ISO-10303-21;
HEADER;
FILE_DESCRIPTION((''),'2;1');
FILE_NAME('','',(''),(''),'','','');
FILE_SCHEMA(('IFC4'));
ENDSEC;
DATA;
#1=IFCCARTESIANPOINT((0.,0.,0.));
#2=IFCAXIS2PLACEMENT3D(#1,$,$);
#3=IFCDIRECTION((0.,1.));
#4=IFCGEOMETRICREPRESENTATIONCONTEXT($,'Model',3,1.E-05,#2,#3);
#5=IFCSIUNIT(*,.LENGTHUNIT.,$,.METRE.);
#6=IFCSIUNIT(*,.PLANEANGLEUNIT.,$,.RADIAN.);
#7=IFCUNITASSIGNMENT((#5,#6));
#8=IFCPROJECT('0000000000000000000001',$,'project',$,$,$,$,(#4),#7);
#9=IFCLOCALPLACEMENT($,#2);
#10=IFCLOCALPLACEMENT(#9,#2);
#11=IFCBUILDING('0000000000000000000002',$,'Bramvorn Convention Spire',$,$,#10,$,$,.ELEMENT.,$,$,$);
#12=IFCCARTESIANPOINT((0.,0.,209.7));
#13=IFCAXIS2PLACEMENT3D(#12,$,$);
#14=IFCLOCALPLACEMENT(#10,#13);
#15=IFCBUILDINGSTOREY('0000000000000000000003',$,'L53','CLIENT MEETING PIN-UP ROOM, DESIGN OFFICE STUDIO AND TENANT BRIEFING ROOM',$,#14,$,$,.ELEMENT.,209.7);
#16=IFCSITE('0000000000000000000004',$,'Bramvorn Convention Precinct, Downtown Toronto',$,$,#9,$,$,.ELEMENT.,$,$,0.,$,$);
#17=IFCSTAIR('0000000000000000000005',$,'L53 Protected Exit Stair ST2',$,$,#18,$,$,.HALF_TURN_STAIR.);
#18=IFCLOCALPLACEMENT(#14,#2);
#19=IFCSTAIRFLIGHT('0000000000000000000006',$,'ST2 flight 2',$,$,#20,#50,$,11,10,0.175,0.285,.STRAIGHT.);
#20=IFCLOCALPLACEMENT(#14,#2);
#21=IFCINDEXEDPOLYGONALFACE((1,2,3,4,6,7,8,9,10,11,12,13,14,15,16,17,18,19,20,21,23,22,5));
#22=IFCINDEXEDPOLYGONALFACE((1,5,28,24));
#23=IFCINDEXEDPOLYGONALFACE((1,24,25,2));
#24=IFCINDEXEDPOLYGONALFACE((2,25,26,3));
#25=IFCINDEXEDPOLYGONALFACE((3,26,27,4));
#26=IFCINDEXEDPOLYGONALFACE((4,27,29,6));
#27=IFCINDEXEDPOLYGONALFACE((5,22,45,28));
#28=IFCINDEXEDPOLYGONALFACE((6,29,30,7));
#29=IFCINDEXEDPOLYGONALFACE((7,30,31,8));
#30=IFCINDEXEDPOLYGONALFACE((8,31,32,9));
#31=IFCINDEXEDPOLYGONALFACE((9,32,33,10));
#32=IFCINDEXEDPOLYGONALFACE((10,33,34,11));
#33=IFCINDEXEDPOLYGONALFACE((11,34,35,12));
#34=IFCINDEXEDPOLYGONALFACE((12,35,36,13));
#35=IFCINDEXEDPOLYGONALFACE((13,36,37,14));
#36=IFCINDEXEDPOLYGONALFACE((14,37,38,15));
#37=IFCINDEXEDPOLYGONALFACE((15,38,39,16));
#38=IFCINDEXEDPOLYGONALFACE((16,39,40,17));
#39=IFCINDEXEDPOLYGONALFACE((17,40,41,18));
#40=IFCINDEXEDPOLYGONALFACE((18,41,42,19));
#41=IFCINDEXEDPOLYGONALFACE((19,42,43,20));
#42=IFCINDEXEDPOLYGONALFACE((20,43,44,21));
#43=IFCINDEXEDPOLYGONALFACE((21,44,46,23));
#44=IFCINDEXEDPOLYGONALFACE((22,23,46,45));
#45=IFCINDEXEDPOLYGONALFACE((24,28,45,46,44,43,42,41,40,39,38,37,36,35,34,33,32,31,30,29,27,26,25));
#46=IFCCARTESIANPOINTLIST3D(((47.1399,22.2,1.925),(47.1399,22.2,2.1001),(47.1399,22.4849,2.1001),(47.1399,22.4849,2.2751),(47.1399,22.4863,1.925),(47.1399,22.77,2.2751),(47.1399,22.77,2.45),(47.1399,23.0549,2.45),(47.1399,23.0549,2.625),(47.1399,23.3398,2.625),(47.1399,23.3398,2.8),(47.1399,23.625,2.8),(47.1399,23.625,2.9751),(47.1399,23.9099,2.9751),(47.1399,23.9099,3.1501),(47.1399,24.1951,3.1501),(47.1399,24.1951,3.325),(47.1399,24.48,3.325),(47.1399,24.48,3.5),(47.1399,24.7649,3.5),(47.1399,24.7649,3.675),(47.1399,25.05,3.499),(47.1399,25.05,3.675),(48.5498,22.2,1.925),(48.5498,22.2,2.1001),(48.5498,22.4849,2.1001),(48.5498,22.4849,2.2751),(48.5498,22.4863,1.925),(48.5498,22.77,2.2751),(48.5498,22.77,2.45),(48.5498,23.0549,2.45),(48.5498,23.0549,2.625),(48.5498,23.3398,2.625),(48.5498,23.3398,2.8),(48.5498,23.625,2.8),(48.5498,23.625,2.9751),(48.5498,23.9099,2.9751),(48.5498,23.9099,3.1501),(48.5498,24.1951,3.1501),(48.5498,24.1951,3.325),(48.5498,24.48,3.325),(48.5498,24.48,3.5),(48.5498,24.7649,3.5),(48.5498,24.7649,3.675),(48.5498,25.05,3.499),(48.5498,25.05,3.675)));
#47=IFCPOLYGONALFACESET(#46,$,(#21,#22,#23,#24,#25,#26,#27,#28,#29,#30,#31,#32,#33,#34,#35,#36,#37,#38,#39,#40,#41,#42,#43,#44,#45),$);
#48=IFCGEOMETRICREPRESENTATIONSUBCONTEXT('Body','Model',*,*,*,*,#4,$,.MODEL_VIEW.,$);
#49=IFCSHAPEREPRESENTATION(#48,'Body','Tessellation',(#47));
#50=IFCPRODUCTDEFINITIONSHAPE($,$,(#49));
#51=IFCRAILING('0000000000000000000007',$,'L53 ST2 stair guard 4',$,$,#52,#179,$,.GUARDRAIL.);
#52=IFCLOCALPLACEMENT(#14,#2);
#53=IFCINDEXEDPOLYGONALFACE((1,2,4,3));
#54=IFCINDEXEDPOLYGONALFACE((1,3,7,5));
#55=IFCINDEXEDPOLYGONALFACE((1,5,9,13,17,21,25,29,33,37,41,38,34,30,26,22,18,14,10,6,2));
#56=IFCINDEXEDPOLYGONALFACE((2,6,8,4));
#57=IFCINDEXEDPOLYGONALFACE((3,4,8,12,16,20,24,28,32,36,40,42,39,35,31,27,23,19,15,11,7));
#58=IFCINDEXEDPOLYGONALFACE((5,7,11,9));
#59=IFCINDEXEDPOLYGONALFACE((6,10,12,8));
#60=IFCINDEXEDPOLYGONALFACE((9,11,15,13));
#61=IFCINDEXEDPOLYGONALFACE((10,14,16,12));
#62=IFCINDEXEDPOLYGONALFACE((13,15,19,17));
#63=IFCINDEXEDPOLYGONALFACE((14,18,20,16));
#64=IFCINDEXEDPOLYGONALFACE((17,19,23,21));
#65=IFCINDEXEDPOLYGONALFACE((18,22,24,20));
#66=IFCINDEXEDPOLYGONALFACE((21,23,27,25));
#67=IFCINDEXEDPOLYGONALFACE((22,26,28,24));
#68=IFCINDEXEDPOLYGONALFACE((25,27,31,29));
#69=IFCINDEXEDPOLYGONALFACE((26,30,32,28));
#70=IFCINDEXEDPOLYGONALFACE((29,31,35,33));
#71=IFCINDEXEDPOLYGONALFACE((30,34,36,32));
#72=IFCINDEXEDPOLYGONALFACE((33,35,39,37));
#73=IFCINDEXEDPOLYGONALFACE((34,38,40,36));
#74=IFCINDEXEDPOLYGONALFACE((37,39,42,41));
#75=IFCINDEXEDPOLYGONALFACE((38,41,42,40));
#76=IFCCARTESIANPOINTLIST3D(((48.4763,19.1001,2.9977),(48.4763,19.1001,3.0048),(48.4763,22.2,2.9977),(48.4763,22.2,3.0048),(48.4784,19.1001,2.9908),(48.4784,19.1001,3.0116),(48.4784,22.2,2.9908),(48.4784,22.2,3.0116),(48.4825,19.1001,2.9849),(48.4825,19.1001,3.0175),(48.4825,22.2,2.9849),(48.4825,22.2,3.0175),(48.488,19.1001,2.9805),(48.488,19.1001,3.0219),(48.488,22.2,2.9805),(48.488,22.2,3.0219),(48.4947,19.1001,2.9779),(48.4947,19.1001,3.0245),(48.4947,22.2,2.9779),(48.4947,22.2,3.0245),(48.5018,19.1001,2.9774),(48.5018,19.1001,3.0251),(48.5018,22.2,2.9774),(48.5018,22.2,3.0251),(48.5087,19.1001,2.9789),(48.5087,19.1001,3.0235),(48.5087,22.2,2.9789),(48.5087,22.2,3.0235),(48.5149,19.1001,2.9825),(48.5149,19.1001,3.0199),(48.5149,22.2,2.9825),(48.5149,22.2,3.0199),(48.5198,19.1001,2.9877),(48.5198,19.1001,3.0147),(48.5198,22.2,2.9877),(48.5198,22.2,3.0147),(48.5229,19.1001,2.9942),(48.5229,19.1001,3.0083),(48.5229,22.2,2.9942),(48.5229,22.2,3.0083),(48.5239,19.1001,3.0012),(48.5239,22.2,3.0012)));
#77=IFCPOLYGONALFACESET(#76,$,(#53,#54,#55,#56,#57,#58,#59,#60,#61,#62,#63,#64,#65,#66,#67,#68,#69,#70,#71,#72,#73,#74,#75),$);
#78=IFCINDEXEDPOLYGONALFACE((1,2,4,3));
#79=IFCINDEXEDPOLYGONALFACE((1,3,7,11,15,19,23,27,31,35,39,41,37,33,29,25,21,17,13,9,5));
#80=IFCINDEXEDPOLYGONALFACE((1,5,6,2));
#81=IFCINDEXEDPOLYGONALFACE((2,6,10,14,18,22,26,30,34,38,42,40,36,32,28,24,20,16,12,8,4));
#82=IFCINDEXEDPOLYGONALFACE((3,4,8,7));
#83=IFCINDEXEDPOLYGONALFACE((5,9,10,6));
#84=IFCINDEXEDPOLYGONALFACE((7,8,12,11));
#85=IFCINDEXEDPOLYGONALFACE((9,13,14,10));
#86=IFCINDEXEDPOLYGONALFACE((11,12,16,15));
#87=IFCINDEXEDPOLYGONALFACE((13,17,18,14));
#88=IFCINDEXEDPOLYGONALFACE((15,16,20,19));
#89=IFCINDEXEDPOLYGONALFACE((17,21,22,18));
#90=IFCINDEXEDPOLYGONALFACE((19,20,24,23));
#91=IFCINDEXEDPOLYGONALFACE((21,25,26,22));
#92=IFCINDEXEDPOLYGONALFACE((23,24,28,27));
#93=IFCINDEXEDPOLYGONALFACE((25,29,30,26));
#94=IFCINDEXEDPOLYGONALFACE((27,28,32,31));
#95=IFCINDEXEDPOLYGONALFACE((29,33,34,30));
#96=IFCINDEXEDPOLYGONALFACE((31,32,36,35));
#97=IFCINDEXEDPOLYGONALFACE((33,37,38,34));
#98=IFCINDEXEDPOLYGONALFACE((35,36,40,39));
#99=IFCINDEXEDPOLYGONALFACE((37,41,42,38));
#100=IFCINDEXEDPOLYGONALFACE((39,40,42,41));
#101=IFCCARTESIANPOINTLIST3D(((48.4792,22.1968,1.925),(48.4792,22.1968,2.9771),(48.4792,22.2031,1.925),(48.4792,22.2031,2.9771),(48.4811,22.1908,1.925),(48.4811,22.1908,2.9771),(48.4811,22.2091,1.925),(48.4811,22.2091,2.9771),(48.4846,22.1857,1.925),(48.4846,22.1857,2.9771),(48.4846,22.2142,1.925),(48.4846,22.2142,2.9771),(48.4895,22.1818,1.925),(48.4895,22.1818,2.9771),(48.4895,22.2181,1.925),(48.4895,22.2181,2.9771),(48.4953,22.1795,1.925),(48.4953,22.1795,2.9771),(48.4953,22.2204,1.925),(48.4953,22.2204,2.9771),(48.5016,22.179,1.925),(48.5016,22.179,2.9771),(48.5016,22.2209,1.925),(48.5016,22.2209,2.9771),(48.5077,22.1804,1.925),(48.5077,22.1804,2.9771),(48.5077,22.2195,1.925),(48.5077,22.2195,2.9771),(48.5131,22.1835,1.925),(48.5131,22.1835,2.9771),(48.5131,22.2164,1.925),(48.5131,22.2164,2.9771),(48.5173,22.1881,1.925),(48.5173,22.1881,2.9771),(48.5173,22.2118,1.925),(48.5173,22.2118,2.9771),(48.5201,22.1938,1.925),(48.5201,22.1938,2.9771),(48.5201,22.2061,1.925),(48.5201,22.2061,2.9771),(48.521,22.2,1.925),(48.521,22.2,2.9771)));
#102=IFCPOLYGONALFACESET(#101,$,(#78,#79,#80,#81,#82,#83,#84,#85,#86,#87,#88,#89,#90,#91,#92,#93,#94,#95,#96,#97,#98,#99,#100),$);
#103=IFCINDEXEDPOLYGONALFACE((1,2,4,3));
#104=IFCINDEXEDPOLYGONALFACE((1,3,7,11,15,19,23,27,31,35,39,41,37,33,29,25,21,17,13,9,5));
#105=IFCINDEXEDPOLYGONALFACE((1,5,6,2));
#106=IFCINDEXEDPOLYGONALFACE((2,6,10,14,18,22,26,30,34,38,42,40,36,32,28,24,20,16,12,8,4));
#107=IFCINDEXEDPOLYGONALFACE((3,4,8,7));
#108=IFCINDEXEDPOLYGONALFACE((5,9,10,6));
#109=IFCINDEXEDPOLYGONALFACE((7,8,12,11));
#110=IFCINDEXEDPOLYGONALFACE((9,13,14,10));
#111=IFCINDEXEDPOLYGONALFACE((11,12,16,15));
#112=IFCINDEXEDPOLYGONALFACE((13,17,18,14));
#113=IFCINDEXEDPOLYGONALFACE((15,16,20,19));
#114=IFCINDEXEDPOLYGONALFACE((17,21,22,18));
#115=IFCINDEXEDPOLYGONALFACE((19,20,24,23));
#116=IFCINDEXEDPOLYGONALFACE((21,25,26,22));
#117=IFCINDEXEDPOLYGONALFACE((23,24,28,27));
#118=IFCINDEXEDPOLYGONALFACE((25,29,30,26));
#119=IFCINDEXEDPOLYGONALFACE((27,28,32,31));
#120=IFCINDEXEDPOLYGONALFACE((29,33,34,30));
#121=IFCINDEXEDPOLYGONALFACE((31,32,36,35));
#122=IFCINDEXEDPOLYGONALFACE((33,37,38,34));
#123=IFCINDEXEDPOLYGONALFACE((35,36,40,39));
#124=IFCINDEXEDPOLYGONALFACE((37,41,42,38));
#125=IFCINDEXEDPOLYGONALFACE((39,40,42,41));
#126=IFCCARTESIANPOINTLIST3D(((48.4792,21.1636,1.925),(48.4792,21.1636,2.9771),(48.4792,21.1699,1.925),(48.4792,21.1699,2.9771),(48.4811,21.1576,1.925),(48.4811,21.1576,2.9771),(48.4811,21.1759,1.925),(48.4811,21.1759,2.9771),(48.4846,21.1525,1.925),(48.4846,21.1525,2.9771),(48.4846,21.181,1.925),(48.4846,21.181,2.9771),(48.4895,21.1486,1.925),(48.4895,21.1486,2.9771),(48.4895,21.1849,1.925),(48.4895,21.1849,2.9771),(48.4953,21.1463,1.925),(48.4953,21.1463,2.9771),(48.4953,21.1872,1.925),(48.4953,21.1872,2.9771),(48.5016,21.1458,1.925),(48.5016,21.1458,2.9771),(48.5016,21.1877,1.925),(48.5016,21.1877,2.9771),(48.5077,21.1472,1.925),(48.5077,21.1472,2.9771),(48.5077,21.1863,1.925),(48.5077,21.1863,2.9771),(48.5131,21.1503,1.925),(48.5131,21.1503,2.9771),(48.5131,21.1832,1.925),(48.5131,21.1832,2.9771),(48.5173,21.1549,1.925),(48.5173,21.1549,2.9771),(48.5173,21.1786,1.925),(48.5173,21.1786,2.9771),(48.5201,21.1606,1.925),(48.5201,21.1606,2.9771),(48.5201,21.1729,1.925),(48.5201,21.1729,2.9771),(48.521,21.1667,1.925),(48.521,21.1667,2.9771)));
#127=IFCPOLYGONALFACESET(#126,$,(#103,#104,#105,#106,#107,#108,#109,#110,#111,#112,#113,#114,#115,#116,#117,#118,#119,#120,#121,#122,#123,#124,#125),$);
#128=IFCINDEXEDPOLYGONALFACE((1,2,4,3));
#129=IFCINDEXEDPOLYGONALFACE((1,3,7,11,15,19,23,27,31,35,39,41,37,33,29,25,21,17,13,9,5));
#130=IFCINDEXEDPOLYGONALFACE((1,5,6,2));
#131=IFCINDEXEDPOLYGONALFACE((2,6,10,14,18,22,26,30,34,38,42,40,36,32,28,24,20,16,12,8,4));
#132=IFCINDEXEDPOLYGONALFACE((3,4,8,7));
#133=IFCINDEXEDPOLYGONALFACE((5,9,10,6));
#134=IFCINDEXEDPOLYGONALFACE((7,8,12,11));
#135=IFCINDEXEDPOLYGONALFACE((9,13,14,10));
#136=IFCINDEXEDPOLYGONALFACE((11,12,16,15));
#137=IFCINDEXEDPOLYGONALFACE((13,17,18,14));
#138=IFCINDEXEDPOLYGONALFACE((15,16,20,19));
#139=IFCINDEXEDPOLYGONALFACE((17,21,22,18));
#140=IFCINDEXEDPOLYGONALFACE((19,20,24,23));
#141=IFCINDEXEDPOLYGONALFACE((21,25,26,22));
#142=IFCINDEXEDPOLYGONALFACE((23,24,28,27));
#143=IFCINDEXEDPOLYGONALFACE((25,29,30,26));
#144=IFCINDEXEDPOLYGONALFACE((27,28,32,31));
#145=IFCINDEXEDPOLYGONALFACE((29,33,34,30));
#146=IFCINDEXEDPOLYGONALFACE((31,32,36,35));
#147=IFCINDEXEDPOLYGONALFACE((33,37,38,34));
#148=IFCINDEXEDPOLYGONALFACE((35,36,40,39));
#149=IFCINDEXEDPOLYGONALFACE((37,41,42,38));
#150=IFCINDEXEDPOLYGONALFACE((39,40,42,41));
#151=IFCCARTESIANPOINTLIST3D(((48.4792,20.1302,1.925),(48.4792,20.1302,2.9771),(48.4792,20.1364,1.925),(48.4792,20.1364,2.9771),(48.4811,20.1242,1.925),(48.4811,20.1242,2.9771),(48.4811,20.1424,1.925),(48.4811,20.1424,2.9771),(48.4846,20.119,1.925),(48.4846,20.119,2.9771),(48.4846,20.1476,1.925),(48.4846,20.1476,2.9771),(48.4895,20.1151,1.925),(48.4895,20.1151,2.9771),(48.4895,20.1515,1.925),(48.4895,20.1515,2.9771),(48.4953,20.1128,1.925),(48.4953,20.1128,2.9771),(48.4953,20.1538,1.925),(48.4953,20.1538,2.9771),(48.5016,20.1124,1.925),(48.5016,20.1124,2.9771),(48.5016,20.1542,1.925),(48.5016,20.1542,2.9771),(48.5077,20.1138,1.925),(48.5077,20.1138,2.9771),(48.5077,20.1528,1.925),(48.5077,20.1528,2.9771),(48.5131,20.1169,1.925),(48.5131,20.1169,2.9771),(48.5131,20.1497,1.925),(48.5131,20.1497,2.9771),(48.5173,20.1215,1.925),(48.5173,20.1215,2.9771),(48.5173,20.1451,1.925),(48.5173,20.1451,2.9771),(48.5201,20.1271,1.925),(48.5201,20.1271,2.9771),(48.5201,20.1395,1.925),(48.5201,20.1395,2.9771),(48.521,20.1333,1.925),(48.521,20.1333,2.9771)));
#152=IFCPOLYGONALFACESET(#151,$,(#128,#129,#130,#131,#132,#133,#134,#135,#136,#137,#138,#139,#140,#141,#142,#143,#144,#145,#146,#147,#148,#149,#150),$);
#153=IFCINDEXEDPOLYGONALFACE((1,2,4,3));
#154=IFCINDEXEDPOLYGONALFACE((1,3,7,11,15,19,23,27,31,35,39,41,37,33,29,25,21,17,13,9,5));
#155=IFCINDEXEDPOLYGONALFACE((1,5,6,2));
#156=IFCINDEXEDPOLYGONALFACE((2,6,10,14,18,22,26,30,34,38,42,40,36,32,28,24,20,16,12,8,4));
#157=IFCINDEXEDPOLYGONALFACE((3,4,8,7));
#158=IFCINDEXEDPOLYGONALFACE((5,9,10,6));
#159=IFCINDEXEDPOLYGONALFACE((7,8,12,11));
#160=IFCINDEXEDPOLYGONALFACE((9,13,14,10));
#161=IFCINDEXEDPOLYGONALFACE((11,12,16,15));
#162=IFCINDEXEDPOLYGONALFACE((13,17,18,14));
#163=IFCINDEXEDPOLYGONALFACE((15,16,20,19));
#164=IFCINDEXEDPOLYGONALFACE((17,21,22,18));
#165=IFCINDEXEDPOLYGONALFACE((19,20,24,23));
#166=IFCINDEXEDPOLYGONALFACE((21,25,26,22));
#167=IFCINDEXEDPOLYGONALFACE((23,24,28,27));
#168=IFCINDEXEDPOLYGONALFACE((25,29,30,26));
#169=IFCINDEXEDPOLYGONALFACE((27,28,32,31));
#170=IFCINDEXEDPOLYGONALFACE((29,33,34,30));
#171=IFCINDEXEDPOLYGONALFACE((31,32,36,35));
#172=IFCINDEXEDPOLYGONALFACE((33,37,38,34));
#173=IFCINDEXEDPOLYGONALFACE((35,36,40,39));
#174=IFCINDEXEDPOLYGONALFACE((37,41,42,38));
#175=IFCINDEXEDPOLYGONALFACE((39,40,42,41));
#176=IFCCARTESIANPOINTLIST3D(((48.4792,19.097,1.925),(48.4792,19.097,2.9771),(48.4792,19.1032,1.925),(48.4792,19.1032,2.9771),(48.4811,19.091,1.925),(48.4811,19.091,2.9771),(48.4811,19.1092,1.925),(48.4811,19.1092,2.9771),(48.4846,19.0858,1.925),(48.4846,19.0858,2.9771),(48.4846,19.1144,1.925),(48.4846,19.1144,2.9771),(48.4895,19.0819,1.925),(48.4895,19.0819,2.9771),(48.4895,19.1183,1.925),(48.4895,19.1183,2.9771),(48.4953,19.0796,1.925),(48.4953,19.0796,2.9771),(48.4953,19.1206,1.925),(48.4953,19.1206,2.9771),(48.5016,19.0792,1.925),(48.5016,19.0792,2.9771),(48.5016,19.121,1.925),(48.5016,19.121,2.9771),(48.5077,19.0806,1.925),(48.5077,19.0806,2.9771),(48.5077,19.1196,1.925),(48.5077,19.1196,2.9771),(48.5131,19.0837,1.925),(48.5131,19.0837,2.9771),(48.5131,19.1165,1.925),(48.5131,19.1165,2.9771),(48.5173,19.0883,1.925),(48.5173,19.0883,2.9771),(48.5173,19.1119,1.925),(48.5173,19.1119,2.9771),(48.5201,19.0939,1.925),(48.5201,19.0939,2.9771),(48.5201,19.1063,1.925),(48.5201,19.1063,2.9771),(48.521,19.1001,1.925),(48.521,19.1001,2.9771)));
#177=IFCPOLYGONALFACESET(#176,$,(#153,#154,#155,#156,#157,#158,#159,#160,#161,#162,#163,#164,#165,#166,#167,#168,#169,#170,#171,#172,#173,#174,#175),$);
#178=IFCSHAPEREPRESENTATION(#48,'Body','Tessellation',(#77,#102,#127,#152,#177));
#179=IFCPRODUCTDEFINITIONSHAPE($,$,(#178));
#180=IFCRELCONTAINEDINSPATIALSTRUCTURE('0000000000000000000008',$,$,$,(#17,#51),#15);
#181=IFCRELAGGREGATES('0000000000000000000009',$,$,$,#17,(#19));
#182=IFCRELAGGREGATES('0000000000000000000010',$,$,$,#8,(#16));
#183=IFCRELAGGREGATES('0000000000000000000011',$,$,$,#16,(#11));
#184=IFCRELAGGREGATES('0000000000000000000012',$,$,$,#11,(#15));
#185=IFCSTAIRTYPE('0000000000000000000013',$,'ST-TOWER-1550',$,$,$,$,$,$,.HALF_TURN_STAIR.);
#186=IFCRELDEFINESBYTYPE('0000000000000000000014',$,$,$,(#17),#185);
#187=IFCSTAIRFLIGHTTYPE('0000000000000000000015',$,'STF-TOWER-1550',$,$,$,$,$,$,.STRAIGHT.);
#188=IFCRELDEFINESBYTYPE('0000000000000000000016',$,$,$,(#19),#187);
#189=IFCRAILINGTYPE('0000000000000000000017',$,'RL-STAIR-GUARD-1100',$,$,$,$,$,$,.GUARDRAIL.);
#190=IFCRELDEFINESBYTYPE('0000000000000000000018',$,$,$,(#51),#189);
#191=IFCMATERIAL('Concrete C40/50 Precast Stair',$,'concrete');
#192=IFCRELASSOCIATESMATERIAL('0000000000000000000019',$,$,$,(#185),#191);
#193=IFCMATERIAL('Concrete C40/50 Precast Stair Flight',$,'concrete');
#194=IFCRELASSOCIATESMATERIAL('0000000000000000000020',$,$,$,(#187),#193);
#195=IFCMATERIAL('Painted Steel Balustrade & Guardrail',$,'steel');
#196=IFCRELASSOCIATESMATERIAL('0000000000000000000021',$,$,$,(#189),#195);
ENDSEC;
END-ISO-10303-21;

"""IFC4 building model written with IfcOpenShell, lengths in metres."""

from ifc_helpers import new_model, si_unit, direction, frame, origin, origin_2d, place, context, subcontext, project, spatial, polyline, circle, outline, extrude, material, type_object, element, aggregate, save


model = new_model("IFC4")

# Units and contexts
model_context = context("Model", 3, precision=1e-05, world=origin(), true_north=direction((0.0, 1.0)))
body_context = subcontext(model_context, "Body", "Model", "MODEL_VIEW")
ifc_project = project(units=[si_unit("LENGTHUNIT", "METRE"), si_unit("PLANEANGLEUNIT", "RADIAN")], contexts=[model_context])

# Site, building, storey
site_placement = place(None, origin())
site = spatial("IfcSite", under=ifc_project, at=site_placement, Name="Bramvorn Convention Precinct, Downtown Toronto", CompositionType="ELEMENT", RefElevation=0.0)
building_placement = place(site_placement, origin())
building = spatial("IfcBuilding", under=site, at=building_placement, Name="Bramvorn Convention Spire", CompositionType="ELEMENT")
storey_placement = place(building_placement, frame((0.0, 0.0, 209.7)))
storey = spatial("IfcBuildingStorey", under=building, at=storey_placement, Name="L53", Description="CLIENT MEETING PIN-UP ROOM, DESIGN OFFICE STUDIO AND TENANT BRIEFING ROOM", CompositionType="ELEMENT", Elevation=209.7)

# Stair, stair flight
ifc_material_1 = material(Name="Concrete C40/50 Precast Stair", Category="concrete")
stair_type = type_object("IfcStairType", Name="ST-TOWER-1550", PredefinedType="HALF_TURN_STAIR", material=ifc_material_1)
stair_placement = place(storey_placement, origin())
stair = element("IfcStair", 1, at=stair_placement, inside=storey, type_object=stair_type, Name="L53 Protected Exit Stair ST2", PredefinedType="HALF_TURN_STAIR")
ifc_material_2 = material(Name="Concrete C40/50 Precast Stair Flight", Category="concrete")
stair_flight_type = type_object("IfcStairFlightType", Name="STF-TOWER-1550", PredefinedType="STRAIGHT", material=ifc_material_2)
stair_flight_placement = place(storey_placement, frame((47.845, 22.2, 1.925), z_axis=(0.0, 0.0, 1.0), x_axis=(0.0, 1.0, 0.0)))
stair_flight = element("IfcStairFlight", 2, at=stair_flight_placement, type_object=stair_flight_type, Name="ST2 flight 2", NumberOfRisers=11, NumberOfTreads=10, PredefinedType="STRAIGHT", RiserHeight=0.175, TreadLength=0.285, context=body_context, shape_type="SweptSolid", body=[
    extrude(outline(polyline([(0.0, 0.0), (0.0, 0.175), (0.2849, 0.175), (0.2849, 0.3501), (0.5701, 0.3501), (0.5701, 0.5249), (0.855, 0.5249), (0.855, 0.7), (1.1399, 0.7), (1.1399, 0.875), (1.425, 0.875), (1.425, 1.05), (1.71, 1.05), (1.71, 1.2251), (1.9951, 1.2251), (1.9951, 1.3999), (2.28, 1.3999), (2.28, 1.575), (2.5649, 1.575), (2.5649, 1.75), (2.8501, 1.75), (2.8501, 1.925), (2.8501, 1.574), (0.2864, 0.0), (0.0, 0.0)])), frame((0.0, 0.7051, 0.0), z_axis=(0.0, -1.0, 0.0), x_axis=(1.0, 0.0, 0.0)), (0.0, 0.0, 1.0), 1.4099),
])
aggregate(stair, [stair_flight])

# Railing
ifc_material_3 = material(Name="Painted Steel Balustrade & Guardrail", Category="steel")
railing_type_1 = type_object("IfcRailingType", Name="RL-STAIR-GUARD-1100", PredefinedType="GUARDRAIL", material=ifc_material_3)
railing_1_placement = place(storey_placement, frame((48.5, 22.2, 1.925)))
element("IfcRailing", 3, at=railing_1_placement, inside=storey, type_object=railing_type_1, Name="L53 ST2 stair guard 4", PredefinedType="GUARDRAIL", context=body_context, shape_type="SweptSolid", body=[
    extrude(circle(Radius=0.0239, at=origin_2d()), frame((0.0, 0.0, 1.0762), z_axis=(0.0, -1.0, 0.0), x_axis=(1.0, 0.0, 0.0)), (0.0, 0.0, 1.0), 3.0999),
    extrude(circle(Radius=0.021, at=origin_2d()), origin(), (0.0, 0.0, 1.0), 1.052),
    extrude(circle(Radius=0.021, at=origin_2d()), frame((0.0, -1.0332, 0.0)), (0.0, 0.0, 1.0), 1.052),
    extrude(circle(Radius=0.021, at=origin_2d()), frame((0.0, -2.0667, 0.0)), (0.0, 0.0, 1.0), 1.052),
    extrude(circle(Radius=0.021, at=origin_2d()), frame((0.0, -3.0999, 0.0)), (0.0, 0.0, 1.0), 1.052),
])

save(model, "model.ifc")
